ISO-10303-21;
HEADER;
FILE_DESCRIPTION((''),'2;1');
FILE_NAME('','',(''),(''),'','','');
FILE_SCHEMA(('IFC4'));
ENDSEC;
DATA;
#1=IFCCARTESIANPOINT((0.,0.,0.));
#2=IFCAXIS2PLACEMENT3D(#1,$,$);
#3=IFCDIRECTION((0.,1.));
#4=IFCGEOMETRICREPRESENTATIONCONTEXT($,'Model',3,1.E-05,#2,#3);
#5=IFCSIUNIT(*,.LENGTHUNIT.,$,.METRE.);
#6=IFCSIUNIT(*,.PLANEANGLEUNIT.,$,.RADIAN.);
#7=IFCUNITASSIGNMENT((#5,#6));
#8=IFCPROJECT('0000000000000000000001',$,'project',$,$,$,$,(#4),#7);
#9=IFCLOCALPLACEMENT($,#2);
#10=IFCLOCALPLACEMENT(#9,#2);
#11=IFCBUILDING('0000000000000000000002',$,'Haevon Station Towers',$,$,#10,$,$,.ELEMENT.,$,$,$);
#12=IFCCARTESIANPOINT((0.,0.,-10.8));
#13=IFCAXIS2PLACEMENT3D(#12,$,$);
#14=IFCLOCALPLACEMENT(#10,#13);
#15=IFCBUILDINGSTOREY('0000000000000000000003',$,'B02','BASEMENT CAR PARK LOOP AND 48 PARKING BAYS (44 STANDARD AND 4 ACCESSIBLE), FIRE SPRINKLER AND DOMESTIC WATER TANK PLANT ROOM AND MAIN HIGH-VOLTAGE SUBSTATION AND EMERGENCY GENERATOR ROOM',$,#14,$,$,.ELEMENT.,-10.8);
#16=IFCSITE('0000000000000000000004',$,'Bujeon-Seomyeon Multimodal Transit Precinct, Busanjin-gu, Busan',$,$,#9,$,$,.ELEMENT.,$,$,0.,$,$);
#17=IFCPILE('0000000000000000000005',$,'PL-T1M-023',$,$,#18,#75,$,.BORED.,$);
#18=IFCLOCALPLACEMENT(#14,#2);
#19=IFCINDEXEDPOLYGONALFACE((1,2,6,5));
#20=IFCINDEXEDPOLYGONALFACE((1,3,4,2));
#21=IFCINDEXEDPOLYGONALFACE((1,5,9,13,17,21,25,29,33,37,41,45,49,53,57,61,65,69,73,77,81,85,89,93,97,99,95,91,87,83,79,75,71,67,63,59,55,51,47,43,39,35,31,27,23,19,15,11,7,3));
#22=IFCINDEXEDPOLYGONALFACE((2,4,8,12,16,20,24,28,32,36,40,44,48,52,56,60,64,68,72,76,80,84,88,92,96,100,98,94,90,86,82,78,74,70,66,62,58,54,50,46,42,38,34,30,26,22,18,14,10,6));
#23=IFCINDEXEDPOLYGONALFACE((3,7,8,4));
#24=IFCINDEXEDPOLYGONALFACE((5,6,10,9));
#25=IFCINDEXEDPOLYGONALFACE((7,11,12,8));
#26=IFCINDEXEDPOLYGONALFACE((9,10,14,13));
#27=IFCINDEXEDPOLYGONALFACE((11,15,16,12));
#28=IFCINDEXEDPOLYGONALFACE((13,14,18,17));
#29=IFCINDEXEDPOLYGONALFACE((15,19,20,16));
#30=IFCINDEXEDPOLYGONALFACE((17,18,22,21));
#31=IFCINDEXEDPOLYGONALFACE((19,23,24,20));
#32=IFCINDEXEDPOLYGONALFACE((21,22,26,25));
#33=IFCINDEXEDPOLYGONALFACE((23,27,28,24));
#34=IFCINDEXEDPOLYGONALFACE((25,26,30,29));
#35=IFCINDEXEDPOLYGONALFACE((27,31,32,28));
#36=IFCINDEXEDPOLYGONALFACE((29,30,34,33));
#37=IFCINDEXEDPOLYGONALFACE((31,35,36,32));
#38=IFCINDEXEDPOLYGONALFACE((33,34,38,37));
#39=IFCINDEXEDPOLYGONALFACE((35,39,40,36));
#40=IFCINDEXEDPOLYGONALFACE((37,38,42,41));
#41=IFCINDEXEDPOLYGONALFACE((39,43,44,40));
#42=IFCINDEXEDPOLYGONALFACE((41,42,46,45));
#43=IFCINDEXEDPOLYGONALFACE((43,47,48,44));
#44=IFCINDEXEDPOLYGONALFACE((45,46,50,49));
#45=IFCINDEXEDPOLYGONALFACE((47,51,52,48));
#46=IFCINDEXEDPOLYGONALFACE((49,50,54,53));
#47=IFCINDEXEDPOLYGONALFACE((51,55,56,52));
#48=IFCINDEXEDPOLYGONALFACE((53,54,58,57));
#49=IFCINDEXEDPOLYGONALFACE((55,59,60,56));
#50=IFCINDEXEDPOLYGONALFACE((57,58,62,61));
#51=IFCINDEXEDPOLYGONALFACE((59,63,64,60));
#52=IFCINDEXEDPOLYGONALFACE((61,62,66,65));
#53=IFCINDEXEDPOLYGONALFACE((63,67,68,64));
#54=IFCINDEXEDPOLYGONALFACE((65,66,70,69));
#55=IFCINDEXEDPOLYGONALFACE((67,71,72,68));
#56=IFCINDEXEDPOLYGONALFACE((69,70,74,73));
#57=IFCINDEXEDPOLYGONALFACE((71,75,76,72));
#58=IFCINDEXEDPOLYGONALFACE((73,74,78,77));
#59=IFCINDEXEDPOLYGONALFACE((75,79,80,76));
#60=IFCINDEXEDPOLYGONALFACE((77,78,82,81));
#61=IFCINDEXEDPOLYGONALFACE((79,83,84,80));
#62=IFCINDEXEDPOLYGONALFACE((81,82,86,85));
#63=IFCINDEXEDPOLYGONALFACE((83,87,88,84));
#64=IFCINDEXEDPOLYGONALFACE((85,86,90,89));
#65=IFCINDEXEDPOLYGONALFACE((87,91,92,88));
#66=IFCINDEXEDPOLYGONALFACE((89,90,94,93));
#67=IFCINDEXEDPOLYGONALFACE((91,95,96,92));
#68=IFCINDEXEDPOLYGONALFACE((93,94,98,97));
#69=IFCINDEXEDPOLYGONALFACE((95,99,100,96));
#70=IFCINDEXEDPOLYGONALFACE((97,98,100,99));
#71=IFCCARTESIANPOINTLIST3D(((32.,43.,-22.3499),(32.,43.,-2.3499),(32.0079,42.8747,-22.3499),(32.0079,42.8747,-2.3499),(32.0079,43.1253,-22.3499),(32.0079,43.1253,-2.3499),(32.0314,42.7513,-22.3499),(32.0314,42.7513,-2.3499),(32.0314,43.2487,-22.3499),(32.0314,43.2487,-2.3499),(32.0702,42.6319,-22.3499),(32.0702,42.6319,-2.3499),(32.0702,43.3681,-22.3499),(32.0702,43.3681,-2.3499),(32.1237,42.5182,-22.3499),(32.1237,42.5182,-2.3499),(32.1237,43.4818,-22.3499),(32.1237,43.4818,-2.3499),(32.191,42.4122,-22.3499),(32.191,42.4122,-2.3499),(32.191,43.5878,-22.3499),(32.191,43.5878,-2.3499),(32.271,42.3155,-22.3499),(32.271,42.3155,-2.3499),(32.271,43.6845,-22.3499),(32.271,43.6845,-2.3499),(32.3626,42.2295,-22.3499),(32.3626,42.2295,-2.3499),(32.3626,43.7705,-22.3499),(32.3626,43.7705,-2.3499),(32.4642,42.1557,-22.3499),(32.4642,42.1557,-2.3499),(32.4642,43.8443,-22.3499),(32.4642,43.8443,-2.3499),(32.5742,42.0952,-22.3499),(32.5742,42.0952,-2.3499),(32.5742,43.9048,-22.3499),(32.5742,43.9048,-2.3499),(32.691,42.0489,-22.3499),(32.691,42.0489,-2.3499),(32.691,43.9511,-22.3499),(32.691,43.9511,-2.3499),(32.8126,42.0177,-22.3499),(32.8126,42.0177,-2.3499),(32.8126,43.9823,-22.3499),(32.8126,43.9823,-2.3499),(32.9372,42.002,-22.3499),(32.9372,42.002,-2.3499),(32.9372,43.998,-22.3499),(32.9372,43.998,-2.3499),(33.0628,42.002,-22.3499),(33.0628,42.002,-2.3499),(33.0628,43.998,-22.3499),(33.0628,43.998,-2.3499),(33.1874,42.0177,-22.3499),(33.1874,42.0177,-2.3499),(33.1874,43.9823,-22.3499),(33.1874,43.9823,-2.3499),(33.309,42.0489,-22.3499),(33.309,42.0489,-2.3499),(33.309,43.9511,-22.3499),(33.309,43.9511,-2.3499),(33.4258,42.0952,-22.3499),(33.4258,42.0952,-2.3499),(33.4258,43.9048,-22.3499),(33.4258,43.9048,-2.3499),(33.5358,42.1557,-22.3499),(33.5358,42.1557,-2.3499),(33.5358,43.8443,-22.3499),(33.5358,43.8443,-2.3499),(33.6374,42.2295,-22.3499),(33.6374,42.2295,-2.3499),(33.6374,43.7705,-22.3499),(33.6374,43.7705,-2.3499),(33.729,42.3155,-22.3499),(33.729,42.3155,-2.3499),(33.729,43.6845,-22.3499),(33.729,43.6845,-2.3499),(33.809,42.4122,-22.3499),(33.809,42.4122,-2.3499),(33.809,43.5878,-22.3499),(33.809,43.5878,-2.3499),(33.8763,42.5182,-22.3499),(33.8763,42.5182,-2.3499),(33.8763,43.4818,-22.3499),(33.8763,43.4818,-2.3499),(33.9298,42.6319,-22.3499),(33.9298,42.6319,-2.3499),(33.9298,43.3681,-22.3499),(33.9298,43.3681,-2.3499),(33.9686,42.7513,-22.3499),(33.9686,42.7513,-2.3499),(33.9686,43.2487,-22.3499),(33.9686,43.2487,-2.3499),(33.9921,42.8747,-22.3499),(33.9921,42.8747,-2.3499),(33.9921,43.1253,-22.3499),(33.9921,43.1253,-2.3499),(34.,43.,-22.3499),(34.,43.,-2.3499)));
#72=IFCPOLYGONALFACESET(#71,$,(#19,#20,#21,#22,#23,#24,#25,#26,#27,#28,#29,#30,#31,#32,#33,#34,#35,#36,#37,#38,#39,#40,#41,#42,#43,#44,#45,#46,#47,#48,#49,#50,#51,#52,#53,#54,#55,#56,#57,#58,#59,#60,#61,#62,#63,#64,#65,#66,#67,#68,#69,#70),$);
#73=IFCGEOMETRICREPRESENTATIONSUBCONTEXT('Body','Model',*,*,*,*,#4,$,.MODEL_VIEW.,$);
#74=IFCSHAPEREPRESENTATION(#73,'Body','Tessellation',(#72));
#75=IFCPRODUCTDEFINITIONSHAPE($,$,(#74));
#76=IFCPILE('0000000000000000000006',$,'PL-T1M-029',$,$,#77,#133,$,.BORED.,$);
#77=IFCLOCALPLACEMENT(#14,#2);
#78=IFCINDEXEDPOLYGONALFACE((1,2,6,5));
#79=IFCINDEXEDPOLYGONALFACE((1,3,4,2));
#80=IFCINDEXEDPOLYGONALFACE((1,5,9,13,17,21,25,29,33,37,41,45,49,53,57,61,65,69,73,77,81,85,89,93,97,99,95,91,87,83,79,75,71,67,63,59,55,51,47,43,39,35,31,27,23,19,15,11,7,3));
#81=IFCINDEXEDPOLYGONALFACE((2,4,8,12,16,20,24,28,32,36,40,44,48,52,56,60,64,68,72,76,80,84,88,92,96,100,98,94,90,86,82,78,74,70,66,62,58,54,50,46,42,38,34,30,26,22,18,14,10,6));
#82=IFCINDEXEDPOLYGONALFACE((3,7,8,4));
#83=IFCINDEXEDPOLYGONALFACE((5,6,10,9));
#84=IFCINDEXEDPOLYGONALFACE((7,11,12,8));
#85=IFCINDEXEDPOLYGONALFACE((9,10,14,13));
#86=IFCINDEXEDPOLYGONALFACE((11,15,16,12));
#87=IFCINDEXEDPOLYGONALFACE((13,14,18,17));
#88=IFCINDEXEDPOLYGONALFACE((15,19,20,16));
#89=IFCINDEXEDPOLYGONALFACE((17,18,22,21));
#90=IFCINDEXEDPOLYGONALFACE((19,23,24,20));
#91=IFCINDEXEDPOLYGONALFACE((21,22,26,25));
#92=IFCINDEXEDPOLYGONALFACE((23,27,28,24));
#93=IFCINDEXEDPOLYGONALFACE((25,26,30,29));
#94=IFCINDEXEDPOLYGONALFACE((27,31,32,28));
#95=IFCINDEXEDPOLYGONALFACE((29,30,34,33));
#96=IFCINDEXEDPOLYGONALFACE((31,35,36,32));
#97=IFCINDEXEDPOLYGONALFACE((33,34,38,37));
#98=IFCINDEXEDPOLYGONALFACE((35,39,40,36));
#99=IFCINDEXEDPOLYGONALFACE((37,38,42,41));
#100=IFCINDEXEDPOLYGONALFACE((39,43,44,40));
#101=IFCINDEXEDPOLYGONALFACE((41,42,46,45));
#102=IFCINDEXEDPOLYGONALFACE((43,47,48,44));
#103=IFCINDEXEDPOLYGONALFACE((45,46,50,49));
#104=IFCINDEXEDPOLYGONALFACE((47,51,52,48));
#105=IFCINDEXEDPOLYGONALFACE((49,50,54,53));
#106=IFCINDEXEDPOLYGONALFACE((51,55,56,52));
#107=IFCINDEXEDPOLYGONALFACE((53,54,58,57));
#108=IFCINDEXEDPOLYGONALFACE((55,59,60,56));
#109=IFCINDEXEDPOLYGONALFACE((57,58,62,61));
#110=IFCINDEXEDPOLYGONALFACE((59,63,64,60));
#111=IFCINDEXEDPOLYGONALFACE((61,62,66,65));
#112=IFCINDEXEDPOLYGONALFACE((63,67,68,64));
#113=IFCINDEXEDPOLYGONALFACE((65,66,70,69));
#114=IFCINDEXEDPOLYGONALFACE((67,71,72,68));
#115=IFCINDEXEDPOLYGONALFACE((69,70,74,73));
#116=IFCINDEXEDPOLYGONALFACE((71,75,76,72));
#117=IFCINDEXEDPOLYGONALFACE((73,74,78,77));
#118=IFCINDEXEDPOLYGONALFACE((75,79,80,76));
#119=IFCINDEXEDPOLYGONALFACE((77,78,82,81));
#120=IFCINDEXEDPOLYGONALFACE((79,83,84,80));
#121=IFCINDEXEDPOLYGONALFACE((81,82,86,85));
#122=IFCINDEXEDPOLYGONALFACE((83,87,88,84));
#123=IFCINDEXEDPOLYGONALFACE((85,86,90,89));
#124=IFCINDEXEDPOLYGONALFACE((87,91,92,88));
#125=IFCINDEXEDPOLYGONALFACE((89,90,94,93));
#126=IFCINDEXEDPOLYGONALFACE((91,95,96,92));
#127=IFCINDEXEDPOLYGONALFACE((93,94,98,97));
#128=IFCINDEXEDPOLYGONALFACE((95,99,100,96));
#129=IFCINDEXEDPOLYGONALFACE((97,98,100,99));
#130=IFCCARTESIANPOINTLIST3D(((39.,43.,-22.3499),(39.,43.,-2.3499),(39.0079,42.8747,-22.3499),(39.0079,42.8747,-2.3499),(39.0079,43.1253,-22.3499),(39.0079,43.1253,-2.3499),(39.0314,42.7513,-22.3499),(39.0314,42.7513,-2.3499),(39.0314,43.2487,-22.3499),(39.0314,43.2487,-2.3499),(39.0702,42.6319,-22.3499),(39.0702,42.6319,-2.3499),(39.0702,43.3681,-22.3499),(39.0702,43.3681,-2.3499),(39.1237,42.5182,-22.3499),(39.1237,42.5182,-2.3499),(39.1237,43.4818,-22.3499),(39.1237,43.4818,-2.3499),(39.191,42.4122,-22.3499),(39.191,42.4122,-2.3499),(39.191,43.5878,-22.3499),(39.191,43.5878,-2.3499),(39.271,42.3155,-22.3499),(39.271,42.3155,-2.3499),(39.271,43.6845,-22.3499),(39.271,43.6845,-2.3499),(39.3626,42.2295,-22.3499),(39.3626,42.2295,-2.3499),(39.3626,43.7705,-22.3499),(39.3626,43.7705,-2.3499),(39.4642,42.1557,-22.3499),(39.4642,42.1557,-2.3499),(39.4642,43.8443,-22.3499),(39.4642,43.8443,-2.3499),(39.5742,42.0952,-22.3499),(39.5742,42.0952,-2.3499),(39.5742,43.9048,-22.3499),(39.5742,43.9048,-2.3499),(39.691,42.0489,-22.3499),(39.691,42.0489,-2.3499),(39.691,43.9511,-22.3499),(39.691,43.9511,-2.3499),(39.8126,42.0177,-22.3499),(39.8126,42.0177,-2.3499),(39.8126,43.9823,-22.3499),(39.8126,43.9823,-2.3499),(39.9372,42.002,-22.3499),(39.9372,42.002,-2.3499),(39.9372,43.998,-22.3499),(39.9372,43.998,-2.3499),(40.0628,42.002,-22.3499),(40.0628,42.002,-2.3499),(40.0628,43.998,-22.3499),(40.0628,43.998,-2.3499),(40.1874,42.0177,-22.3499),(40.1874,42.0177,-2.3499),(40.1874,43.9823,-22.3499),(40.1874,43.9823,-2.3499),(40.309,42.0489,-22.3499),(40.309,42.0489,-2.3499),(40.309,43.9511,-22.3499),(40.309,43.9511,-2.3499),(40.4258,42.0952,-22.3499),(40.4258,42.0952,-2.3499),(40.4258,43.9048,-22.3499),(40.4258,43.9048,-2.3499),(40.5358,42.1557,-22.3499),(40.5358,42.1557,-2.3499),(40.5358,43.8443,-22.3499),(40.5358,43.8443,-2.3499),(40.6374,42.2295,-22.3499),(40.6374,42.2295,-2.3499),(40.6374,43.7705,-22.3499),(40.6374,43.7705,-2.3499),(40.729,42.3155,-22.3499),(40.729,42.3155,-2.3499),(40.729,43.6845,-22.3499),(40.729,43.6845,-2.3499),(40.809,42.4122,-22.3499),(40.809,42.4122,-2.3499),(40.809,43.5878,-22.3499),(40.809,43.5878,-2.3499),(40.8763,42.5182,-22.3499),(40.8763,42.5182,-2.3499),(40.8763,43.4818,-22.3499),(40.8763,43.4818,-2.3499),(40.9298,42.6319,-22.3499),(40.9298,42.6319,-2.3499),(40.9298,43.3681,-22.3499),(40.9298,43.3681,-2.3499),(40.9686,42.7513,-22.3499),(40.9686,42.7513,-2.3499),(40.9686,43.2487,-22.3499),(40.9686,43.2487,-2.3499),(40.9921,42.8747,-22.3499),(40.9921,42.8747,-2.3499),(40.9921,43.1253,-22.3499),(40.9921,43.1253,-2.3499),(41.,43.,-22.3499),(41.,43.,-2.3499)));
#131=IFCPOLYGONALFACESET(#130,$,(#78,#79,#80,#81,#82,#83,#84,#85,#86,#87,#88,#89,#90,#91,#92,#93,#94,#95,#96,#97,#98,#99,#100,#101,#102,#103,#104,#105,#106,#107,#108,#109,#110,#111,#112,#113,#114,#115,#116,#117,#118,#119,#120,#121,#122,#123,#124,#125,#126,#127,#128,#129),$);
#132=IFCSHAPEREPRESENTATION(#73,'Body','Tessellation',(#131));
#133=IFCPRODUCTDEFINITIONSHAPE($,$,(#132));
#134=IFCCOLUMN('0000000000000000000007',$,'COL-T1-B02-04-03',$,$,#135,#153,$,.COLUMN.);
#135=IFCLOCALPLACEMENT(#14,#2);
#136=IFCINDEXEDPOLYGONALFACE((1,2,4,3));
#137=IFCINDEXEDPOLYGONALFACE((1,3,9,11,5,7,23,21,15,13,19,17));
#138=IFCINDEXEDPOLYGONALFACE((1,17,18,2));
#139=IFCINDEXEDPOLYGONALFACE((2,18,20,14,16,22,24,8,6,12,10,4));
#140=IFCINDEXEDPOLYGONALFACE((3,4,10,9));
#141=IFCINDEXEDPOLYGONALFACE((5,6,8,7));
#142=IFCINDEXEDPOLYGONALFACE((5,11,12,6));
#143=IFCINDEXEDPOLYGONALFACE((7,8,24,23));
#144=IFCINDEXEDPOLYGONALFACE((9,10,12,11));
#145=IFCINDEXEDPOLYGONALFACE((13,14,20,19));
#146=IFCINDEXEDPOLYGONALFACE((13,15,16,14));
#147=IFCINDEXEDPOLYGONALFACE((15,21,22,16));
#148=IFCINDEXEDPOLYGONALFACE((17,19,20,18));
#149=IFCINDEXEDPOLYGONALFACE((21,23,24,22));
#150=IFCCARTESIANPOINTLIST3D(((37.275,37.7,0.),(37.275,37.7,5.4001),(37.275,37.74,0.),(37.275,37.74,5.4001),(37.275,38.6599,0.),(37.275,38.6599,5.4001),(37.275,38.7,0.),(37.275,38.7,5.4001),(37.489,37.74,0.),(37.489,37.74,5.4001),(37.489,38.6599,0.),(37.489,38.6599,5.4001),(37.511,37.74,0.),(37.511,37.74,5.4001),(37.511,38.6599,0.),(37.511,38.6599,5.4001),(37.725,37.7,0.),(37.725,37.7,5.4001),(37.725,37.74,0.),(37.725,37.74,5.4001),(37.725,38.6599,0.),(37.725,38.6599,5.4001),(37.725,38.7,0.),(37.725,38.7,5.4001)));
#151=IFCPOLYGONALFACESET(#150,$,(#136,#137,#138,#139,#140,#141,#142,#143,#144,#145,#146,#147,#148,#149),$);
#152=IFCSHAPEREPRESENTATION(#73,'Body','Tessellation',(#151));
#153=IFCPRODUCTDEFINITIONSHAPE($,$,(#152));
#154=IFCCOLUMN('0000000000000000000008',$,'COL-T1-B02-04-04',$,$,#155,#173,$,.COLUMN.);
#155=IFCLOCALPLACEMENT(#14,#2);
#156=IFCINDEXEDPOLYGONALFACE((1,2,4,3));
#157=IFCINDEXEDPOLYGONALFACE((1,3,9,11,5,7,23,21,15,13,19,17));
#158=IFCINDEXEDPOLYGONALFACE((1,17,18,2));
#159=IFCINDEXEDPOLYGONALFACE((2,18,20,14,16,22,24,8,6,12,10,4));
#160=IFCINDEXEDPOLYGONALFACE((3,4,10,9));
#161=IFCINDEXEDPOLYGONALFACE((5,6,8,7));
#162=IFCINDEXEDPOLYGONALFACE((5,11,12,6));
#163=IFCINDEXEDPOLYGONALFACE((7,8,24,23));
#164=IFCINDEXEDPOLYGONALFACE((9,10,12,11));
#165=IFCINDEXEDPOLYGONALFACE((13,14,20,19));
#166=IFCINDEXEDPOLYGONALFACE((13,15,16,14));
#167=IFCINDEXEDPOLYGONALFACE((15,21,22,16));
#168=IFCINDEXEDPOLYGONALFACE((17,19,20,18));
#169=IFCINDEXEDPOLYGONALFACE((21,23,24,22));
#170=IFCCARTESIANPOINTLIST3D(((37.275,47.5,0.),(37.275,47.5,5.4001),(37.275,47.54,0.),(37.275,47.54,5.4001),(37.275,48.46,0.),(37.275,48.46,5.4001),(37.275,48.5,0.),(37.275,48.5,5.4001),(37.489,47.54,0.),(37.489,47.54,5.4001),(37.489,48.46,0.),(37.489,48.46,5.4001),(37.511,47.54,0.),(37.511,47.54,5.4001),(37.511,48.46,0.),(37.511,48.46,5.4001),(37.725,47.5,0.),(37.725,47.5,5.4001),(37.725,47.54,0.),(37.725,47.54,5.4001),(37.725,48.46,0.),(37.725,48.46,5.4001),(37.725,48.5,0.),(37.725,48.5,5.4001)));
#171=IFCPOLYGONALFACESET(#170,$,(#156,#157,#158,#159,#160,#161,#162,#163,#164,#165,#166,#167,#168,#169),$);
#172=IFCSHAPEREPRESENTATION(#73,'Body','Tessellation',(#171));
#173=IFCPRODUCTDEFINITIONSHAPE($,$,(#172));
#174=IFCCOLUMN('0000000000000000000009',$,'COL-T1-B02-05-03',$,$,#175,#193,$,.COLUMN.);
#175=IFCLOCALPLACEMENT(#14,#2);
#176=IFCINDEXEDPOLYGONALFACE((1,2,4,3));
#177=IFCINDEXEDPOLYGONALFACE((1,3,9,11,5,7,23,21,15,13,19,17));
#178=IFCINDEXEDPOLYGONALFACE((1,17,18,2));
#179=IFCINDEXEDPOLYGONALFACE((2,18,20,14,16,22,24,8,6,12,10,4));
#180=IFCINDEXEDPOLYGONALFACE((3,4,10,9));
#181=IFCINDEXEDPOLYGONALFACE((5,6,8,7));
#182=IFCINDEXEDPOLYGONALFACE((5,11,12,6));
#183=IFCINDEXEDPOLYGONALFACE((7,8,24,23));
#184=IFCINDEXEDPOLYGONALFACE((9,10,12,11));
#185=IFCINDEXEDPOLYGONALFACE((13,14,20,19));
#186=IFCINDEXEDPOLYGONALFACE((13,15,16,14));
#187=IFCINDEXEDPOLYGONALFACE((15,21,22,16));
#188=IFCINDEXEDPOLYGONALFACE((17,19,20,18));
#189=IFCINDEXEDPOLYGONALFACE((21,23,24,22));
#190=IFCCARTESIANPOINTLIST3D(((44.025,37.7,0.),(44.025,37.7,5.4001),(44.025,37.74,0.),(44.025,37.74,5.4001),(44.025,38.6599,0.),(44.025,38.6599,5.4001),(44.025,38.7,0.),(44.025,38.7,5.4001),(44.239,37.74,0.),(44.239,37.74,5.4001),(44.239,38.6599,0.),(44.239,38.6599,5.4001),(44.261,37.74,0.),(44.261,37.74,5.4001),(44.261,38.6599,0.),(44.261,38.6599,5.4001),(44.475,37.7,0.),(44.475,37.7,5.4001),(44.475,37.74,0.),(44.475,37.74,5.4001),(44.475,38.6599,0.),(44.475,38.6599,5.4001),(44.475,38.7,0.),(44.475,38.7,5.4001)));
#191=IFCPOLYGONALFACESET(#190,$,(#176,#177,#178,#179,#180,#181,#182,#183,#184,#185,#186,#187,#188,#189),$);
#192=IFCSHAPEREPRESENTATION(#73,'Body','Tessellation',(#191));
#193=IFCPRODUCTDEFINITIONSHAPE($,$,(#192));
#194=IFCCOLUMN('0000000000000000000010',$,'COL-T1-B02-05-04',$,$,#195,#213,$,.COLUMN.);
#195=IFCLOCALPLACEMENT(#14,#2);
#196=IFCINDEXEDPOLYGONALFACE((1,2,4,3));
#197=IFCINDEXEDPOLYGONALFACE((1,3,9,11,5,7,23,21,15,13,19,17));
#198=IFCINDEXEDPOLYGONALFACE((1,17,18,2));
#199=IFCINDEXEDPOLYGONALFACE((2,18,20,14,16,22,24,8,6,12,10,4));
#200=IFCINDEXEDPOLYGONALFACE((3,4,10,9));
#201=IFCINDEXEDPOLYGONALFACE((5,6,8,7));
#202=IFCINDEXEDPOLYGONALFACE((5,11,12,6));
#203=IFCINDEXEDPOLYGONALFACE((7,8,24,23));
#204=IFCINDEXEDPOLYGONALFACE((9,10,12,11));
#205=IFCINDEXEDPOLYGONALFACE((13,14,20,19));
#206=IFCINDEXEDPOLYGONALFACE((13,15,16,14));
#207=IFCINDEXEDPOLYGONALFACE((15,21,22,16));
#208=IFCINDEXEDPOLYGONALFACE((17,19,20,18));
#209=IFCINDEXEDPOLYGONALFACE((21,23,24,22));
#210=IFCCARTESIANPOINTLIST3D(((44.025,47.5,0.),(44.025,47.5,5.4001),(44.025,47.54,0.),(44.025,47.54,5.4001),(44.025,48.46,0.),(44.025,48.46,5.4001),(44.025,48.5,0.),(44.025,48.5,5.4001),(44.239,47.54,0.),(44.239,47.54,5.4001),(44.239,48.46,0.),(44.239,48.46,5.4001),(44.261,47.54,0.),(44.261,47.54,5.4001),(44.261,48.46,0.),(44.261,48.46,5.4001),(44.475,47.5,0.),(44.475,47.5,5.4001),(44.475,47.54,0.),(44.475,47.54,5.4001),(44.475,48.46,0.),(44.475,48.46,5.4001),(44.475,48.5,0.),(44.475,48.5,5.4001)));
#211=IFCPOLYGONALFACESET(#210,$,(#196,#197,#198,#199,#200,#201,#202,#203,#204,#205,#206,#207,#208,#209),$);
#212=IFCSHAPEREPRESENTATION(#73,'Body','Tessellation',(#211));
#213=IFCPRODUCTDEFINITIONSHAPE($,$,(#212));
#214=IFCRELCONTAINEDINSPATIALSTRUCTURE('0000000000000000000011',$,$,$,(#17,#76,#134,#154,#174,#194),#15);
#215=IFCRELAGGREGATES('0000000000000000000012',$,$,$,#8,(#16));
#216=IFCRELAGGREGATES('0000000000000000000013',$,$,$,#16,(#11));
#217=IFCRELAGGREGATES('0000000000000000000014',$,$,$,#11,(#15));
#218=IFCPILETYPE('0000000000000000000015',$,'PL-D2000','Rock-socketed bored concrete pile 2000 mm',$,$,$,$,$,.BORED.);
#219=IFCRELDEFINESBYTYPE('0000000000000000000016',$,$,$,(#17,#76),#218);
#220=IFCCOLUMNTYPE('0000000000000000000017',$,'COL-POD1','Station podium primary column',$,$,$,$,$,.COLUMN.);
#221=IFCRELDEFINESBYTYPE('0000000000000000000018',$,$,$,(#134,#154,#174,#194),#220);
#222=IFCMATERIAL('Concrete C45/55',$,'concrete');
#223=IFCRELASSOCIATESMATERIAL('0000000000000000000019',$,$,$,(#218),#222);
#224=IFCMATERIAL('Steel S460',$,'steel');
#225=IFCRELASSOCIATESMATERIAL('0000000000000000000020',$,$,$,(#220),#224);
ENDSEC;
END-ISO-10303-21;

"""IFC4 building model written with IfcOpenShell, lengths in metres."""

from ifc_helpers import new_model, si_unit, direction, frame, origin, origin_2d, place, context, subcontext, project, spatial, circle, i_section, extrude, material, material_profile, profile_set, type_object, element, save


model = new_model("IFC4")

# Units and contexts
model_context = context("Model", 3, precision=1e-05, world=origin(), true_north=direction((0.0, 1.0)))
body_context = subcontext(model_context, "Body", "Model", "MODEL_VIEW")
ifc_project = project(units=[si_unit("LENGTHUNIT", "METRE"), si_unit("PLANEANGLEUNIT", "RADIAN")], contexts=[model_context])

# Site, building, storey
site_placement = place(None, origin())
site = spatial("IfcSite", under=ifc_project, at=site_placement, Name="Bujeon-Seomyeon Multimodal Transit Precinct, Busanjin-gu, Busan", CompositionType="ELEMENT", RefElevation=0.0)
building_placement = place(site_placement, origin())
building = spatial("IfcBuilding", under=site, at=building_placement, Name="Haevon Station Towers", CompositionType="ELEMENT")
storey_placement = place(building_placement, frame((0.0, 0.0, -10.8)))
storey = spatial("IfcBuildingStorey", under=building, at=storey_placement, Name="B02", Description="BASEMENT CAR PARK LOOP AND 48 PARKING BAYS (44 STANDARD AND 4 ACCESSIBLE), FIRE SPRINKLER AND DOMESTIC WATER TANK PLANT ROOM AND MAIN HIGH-VOLTAGE SUBSTATION AND EMERGENCY GENERATOR ROOM", CompositionType="ELEMENT", Elevation=-10.8)

# Piles
ifc_material_1 = material(Name="Concrete C45/55", Category="concrete")
ifc_material_profile_1 = material_profile(ifc_material_1, circle(Radius=1.0, at=origin_2d()), Name="PILE-D2000")
ifc_profile_set_1 = profile_set([ifc_material_profile_1], Name="Concrete C45/55")
pile_type = type_object("IfcPileType", Name="PL-D2000", Description="Rock-socketed bored concrete pile 2000 mm", PredefinedType="BORED", material=ifc_profile_set_1)
for number, where, z_axis, x_axis, name in (
    (1, (33.0, 43.0, -2.3499), (0.0, 0.0, -1.0), (1.0, 0.0, 0.0), "PL-T1M-023"),
    (2, (40.0, 43.0, -2.3499), (0.0, 0.0, -1.0), (1.0, 0.0, 0.0), "PL-T1M-029"),
):
    element("IfcPile", number, at=place(storey_placement, frame(where, z_axis=z_axis, x_axis=x_axis)), inside=storey, type_object=pile_type, Name=name, PredefinedType="BORED", context=body_context, shape_type="SweptSolid", body=[
        extrude(circle(Radius=1.0, at=origin_2d()), origin(), (0.0, 0.0, 1.0), 20.0),
    ])

# Columns
ifc_material_2 = material(Name="Steel S460", Category="steel")
ifc_material_profile_2 = material_profile(ifc_material_2, i_section(OverallWidth=0.45, OverallDepth=1.0, WebThickness=0.022, FlangeThickness=0.04, at=origin_2d()), Name="H-1000x450x22x40")
ifc_profile_set_2 = profile_set([ifc_material_profile_2], Name="Steel S460")
column_type = type_object("IfcColumnType", Name="COL-POD1", Description="Station podium primary column", PredefinedType="COLUMN", material=ifc_profile_set_2)
for number, where, z_axis, x_axis, name in (
    (3, (37.5, 38.2, 0.0), (0.0, 0.0, 1.0), (1.0, 0.0, 0.0), "COL-T1-B02-04-03"),
    (4, (37.5, 48.0, 0.0), (0.0, 0.0, 1.0), (1.0, 0.0, 0.0), "COL-T1-B02-04-04"),
    (5, (44.25, 38.2, 0.0), (0.0, 0.0, 1.0), (1.0, 0.0, 0.0), "COL-T1-B02-05-03"),
    (6, (44.25, 48.0, 0.0), (0.0, 0.0, 1.0), (1.0, 0.0, 0.0), "COL-T1-B02-05-04"),
):
    element("IfcColumn", number, at=place(storey_placement, frame(where, z_axis=z_axis, x_axis=x_axis)), inside=storey, type_object=column_type, Name=name, PredefinedType="COLUMN", context=body_context, shape_type="SweptSolid", body=[
        extrude(i_section(OverallWidth=0.45, OverallDepth=1.0, WebThickness=0.022, FlangeThickness=0.04, at=origin_2d()), origin(), (0.0, 0.0, 1.0), 5.4001),
    ])

save(model, "model.ifc")
